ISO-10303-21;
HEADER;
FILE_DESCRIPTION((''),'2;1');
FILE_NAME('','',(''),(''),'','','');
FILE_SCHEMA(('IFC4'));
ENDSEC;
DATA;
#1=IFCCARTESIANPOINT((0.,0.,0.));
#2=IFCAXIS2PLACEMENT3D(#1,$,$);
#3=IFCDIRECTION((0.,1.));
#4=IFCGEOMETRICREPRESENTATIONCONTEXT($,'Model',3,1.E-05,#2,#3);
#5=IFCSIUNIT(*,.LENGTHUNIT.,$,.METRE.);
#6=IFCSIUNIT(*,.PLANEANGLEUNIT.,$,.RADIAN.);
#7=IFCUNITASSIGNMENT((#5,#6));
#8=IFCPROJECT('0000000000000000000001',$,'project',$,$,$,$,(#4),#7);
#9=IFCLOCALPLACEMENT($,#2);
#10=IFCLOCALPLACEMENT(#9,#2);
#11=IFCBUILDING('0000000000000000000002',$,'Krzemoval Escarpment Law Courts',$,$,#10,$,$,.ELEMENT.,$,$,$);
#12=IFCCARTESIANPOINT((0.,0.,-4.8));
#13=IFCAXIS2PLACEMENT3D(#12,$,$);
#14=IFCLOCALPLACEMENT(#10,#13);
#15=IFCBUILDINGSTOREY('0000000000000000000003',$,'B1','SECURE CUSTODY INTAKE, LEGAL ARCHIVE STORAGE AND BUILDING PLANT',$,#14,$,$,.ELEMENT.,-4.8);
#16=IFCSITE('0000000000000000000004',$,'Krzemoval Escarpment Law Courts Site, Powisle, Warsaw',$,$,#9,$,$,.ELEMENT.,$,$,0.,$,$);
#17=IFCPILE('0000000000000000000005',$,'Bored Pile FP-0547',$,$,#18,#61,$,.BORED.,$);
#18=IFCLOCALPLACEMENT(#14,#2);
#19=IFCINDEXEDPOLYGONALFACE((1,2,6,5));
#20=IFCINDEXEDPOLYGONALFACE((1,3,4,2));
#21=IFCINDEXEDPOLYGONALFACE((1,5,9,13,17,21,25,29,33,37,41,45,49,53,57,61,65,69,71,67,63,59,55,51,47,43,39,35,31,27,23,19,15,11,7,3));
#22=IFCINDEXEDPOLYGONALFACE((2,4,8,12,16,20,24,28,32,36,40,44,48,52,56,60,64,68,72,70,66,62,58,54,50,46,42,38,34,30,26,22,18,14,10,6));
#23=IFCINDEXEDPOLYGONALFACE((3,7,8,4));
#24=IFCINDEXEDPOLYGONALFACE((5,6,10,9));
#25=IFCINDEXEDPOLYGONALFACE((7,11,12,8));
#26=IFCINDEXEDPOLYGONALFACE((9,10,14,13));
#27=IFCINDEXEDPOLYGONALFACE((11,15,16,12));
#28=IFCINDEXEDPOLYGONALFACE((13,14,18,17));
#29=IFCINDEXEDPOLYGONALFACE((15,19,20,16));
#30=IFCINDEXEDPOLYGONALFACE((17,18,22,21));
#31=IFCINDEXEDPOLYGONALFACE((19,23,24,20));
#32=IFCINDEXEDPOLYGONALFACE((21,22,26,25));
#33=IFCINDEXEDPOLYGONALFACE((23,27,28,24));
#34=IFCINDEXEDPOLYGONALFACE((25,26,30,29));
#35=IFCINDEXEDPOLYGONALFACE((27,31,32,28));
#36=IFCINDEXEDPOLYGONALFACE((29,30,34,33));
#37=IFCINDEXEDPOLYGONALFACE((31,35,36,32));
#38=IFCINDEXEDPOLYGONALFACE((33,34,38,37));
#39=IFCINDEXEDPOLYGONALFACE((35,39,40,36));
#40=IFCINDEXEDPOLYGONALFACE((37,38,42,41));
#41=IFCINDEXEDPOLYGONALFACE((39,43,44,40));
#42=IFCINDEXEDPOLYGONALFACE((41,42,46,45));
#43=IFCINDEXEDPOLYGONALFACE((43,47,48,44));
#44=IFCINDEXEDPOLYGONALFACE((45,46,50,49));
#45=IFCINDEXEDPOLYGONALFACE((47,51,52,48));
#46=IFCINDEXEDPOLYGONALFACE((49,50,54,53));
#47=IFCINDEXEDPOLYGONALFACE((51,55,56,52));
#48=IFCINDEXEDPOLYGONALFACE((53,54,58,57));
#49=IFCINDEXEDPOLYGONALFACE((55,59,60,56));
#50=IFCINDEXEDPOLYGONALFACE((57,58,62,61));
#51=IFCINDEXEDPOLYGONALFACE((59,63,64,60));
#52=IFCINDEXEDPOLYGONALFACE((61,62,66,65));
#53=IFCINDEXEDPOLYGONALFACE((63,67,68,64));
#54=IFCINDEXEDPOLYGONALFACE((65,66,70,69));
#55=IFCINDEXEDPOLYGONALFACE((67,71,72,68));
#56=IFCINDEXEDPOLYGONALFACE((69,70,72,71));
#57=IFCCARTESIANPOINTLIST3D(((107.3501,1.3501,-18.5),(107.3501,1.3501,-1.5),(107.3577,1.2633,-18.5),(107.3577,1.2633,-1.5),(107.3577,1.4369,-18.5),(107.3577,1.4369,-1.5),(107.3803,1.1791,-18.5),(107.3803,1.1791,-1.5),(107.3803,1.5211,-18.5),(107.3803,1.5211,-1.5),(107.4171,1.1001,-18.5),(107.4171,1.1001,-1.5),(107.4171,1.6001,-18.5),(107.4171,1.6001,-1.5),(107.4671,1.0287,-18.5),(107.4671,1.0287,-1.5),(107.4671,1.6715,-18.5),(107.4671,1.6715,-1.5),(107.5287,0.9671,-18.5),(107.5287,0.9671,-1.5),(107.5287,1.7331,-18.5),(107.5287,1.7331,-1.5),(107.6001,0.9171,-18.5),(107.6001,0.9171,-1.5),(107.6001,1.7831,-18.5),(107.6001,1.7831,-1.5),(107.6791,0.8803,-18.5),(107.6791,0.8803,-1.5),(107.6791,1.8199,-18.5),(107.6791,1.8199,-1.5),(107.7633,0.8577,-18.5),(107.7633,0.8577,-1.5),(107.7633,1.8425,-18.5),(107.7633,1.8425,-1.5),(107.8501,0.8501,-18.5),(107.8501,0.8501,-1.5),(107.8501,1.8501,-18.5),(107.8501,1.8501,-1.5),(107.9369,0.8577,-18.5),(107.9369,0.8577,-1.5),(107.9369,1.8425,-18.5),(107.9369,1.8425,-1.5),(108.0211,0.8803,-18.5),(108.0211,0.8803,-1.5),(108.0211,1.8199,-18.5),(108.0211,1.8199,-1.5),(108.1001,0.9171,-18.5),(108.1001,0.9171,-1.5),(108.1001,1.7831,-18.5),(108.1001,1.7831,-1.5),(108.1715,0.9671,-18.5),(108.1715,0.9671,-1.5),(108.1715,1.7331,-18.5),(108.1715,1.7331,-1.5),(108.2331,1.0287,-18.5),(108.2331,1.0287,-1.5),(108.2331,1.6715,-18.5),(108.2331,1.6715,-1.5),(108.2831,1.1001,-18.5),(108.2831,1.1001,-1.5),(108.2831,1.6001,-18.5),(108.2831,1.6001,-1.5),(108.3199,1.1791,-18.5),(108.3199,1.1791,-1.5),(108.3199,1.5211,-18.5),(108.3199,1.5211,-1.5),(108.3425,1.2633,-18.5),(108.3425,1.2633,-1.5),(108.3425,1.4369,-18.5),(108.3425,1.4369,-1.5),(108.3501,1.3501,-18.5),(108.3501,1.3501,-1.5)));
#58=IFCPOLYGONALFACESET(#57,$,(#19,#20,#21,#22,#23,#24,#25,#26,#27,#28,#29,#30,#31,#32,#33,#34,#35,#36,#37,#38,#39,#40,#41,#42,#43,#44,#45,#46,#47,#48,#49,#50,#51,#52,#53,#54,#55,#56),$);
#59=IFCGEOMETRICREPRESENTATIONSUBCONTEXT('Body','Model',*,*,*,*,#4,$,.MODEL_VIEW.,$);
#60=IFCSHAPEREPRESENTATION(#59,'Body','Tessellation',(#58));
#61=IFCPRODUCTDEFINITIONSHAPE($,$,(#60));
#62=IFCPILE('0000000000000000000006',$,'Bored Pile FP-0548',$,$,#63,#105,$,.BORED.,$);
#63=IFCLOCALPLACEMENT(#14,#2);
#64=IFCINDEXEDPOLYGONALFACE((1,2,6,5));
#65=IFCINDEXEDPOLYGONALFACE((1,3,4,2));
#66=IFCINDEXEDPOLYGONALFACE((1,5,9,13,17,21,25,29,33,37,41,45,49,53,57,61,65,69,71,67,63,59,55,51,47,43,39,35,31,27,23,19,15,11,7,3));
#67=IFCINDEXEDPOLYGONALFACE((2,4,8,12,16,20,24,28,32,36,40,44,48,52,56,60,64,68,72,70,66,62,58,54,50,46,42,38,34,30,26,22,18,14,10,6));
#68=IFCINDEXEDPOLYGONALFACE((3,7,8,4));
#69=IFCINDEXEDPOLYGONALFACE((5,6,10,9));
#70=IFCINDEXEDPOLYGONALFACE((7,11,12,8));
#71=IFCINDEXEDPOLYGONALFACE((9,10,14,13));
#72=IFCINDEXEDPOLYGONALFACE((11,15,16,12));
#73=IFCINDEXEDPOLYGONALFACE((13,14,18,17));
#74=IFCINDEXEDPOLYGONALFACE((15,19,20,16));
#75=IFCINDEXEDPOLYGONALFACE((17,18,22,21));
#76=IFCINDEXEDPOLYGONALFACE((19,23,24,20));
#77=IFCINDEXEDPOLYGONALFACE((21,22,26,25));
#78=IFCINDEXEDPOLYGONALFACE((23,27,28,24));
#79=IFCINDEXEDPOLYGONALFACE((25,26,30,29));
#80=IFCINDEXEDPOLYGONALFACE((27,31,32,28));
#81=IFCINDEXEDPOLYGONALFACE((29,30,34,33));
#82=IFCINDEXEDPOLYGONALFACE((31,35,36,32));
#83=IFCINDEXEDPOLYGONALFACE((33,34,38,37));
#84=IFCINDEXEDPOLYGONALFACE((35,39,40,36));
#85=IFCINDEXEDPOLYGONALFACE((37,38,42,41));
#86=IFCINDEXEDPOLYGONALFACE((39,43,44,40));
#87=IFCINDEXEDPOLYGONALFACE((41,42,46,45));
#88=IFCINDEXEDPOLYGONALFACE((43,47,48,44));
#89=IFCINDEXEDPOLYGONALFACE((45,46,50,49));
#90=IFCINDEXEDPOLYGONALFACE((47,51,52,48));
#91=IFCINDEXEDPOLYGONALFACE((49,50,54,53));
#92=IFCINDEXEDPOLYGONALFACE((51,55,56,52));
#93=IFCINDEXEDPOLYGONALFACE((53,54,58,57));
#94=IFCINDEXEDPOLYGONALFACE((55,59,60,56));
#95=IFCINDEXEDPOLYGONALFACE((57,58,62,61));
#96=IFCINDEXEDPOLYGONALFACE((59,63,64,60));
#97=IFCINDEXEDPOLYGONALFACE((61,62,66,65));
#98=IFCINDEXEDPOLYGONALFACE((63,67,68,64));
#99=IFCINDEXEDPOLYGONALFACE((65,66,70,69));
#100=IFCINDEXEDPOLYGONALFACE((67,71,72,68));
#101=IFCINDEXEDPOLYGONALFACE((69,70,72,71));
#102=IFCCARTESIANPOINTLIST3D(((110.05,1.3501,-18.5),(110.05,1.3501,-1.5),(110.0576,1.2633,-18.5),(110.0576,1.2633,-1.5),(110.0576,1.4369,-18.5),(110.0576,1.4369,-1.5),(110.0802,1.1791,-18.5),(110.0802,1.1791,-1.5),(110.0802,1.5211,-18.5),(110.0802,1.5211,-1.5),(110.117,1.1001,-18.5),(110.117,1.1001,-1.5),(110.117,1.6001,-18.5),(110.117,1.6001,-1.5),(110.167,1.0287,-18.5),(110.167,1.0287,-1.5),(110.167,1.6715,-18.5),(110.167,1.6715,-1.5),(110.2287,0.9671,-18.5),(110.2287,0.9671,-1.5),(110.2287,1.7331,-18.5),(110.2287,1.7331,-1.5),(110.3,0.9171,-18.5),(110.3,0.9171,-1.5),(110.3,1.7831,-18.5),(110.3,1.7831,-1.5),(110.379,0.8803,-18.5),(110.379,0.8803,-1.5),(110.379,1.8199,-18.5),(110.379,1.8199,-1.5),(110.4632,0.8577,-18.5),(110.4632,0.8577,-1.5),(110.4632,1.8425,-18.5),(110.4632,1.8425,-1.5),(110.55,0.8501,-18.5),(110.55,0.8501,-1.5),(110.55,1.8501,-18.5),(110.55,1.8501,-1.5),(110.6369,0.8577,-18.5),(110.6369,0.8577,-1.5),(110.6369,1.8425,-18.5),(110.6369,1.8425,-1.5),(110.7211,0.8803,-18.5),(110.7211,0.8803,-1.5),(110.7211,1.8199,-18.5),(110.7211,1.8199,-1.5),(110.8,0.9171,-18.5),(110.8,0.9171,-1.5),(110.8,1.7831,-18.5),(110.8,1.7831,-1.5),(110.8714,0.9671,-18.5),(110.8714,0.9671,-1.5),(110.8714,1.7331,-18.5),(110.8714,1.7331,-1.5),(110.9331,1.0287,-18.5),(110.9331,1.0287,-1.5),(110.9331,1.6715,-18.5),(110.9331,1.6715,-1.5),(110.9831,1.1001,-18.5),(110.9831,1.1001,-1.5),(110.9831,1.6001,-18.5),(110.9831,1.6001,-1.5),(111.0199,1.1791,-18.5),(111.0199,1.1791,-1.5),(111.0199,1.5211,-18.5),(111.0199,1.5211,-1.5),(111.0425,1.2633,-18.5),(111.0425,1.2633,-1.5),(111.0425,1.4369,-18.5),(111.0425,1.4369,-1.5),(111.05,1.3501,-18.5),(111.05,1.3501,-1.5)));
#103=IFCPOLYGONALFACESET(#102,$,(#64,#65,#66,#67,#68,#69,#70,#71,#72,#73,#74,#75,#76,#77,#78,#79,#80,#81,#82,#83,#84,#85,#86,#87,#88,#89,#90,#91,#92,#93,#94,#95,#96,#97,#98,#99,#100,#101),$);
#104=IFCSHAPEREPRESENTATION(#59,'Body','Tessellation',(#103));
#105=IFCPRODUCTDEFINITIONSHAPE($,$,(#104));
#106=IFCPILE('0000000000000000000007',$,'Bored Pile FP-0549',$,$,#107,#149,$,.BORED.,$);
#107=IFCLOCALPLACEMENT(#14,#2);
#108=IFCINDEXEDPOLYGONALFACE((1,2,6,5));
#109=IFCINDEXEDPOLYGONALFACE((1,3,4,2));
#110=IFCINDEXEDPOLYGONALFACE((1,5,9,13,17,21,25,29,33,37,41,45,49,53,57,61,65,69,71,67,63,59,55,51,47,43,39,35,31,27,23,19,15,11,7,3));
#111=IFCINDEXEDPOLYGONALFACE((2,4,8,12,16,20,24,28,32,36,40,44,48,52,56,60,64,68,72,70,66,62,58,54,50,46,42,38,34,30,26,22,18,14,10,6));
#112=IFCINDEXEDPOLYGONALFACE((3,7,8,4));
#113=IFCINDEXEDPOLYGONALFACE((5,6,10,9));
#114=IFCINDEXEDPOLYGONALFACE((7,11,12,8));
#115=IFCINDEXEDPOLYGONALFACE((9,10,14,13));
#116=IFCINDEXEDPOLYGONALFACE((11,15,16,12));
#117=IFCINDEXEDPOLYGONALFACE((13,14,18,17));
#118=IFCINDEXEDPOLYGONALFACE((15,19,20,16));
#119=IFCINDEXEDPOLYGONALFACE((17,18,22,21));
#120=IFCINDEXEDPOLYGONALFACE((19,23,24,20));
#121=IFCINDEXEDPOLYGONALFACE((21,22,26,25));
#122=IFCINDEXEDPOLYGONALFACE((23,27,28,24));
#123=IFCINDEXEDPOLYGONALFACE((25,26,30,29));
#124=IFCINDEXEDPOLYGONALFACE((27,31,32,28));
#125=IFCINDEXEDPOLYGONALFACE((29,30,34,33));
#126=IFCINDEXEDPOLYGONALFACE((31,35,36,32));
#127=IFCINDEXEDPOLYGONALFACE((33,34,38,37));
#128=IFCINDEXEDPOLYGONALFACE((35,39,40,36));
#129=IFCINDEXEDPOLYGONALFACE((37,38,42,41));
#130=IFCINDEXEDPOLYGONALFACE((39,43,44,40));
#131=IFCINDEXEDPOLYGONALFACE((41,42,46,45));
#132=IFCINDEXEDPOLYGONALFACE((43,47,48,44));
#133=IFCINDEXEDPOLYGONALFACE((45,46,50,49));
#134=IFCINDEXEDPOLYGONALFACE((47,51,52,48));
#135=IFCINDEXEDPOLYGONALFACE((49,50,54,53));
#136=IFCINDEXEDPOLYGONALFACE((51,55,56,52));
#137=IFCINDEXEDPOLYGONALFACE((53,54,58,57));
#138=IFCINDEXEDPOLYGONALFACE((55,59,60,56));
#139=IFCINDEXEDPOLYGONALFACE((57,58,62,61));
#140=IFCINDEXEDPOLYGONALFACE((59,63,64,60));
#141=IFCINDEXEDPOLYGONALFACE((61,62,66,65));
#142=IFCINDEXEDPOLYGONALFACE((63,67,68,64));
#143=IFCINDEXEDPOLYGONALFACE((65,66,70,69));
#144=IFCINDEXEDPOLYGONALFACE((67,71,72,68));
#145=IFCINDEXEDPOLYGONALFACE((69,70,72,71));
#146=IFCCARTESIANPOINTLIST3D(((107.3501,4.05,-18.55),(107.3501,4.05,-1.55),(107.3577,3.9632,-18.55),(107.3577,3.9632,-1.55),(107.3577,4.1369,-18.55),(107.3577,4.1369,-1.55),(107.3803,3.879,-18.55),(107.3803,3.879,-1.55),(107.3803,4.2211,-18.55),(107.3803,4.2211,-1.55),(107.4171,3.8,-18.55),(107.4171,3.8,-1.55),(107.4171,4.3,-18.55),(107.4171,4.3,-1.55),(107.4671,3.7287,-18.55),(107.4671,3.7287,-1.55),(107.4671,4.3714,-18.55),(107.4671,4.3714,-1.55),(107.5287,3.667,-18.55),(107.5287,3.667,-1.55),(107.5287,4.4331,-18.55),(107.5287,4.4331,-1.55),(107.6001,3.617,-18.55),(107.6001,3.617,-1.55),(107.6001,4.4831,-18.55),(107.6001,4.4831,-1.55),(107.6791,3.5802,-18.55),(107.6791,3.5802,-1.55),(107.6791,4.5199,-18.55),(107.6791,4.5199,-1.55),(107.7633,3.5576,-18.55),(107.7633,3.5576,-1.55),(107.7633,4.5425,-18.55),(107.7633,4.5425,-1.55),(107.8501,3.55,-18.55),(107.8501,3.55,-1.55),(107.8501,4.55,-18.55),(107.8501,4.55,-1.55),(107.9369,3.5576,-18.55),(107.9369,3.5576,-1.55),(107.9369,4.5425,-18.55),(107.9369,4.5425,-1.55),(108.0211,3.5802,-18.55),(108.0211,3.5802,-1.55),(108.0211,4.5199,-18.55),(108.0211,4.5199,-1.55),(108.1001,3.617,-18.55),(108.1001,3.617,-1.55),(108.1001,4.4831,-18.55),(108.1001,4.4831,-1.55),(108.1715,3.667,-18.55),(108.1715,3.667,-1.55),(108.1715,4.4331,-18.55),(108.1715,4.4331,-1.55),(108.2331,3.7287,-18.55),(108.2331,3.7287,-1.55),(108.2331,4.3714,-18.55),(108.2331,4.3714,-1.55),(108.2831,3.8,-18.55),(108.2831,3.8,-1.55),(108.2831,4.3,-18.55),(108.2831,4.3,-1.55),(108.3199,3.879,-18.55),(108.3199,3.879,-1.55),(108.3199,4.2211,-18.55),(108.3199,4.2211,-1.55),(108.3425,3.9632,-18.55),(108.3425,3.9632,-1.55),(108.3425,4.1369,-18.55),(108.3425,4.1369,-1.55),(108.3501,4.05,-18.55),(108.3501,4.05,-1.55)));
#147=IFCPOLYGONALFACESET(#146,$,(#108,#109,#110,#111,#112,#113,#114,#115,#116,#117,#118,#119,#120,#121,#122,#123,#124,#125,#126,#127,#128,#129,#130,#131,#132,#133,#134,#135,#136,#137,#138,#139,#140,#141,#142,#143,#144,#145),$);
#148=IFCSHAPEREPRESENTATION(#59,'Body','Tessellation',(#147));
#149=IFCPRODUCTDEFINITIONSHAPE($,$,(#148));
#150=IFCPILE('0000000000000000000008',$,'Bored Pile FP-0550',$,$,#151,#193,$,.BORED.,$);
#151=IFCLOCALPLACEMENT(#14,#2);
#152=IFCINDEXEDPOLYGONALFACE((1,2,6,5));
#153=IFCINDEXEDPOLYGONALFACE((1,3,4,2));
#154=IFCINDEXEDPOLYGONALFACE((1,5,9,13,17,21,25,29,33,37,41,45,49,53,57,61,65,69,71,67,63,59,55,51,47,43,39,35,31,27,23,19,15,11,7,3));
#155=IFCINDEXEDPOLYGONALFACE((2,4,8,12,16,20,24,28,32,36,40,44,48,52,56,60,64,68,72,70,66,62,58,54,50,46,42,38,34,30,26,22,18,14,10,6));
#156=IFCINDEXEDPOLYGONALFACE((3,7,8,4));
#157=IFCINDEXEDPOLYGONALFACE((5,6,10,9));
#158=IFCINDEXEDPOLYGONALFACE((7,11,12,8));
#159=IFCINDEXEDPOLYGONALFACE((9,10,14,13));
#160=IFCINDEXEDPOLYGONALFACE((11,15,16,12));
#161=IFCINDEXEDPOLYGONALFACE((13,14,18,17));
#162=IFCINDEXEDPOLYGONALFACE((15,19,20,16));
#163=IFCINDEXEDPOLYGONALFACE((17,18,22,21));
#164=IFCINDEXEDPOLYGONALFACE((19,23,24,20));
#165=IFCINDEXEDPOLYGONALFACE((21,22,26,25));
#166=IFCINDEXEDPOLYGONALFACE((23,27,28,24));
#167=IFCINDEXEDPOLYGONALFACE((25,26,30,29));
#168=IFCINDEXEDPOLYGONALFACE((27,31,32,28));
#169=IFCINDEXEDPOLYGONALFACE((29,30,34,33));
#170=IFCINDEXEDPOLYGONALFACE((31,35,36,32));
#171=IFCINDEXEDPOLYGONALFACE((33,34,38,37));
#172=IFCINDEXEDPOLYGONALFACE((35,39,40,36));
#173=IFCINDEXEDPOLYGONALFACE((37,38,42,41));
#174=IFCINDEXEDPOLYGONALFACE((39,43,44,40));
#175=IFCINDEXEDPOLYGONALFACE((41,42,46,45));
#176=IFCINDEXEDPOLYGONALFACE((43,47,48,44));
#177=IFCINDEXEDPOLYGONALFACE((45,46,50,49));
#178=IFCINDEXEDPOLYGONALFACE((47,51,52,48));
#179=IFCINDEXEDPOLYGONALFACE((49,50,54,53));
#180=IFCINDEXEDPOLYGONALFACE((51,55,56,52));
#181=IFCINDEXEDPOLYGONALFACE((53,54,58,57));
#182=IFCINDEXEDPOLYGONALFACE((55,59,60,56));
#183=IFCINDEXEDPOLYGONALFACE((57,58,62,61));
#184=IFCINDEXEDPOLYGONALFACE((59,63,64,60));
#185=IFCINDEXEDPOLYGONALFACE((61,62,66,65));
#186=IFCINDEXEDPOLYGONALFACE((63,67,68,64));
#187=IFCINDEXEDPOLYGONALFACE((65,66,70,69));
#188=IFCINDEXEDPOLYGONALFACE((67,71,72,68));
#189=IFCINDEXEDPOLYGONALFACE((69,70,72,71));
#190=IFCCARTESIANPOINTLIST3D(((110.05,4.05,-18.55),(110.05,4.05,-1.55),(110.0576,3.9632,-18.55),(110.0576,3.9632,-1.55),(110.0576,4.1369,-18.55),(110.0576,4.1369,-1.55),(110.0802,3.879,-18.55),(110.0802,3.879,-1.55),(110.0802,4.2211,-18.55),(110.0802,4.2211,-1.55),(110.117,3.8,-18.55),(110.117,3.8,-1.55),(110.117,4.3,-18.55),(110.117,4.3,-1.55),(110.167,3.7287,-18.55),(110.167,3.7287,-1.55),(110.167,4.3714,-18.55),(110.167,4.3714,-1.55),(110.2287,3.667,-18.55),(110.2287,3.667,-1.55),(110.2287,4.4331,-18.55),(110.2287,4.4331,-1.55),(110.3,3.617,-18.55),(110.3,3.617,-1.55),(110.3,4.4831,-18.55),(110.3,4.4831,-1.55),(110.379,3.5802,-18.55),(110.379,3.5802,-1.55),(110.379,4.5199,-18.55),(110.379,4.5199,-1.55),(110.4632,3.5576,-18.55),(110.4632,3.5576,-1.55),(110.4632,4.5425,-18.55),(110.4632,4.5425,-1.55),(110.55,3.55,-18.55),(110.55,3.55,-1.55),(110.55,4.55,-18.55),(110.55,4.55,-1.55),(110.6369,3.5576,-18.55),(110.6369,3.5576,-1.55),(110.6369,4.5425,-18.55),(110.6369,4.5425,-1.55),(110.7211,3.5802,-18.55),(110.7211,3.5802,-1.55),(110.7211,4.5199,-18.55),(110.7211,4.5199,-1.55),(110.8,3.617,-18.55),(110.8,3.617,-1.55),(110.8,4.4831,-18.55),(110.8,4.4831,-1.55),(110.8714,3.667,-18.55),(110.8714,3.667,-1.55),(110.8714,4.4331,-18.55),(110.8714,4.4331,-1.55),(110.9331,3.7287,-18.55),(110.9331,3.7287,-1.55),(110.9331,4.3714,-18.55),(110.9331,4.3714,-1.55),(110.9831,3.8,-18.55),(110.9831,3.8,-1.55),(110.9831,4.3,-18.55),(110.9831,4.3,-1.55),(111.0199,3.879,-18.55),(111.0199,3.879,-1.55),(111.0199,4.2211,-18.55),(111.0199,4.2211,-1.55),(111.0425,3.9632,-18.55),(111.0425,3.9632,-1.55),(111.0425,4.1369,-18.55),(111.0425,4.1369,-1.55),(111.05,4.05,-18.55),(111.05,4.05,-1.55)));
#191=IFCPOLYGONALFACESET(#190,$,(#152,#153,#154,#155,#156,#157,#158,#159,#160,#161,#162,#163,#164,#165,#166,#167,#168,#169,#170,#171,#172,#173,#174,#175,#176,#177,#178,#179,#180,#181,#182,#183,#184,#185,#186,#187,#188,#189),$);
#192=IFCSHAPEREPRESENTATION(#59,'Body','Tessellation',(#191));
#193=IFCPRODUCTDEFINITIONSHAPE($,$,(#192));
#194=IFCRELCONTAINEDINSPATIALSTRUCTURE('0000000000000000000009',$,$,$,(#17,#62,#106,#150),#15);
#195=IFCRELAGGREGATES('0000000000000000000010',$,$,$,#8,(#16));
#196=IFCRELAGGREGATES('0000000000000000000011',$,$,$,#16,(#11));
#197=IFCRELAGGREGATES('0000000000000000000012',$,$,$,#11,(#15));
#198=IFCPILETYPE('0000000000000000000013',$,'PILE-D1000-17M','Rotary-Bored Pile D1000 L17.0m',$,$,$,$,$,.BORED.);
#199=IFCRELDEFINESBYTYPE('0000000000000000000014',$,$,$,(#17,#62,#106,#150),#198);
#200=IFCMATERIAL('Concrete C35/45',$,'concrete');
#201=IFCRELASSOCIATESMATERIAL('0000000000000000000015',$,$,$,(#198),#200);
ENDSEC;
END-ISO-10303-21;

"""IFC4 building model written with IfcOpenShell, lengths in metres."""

from ifc_helpers import new_model, si_unit, direction, frame, origin, origin_2d, place, context, subcontext, project, spatial, circle, extrude, material, material_profile, profile_set, type_object, element, save


model = new_model("IFC4")

# Units and contexts
model_context = context("Model", 3, precision=1e-05, world=origin(), true_north=direction((0.0, 1.0)))
body_context = subcontext(model_context, "Body", "Model", "MODEL_VIEW")
ifc_project = project(units=[si_unit("LENGTHUNIT", "METRE"), si_unit("PLANEANGLEUNIT", "RADIAN")], contexts=[model_context])

# Site, building, storey
site_placement = place(None, origin())
site = spatial("IfcSite", under=ifc_project, at=site_placement, Name="Krzemoval Escarpment Law Courts Site, Powisle, Warsaw", CompositionType="ELEMENT", RefElevation=0.0)
building_placement = place(site_placement, origin())
building = spatial("IfcBuilding", under=site, at=building_placement, Name="Krzemoval Escarpment Law Courts", CompositionType="ELEMENT")
storey_placement = place(building_placement, frame((0.0, 0.0, -4.8)))
storey = spatial("IfcBuildingStorey", under=building, at=storey_placement, Name="B1", Description="SECURE CUSTODY INTAKE, LEGAL ARCHIVE STORAGE AND BUILDING PLANT", CompositionType="ELEMENT", Elevation=-4.8)

# Piles
ifc_material_1 = material(Name="Concrete C35/45", Category="concrete")
ifc_material_profile_1 = material_profile(ifc_material_1, circle(Radius=0.5, at=origin_2d()), Name="PILE D1000")
ifc_profile_set_1 = profile_set([ifc_material_profile_1], Name="Concrete C35/45")
pile_type_1 = type_object("IfcPileType", Name="PILE-D1000-17M", Description="Rotary-Bored Pile D1000 L17.0m", PredefinedType="BORED", material=ifc_profile_set_1)
for number, where, z_axis, x_axis, name in (
    (1, (107.8501, 1.3501, -1.5), (0.0, 0.0, -1.0), (1.0, 0.0, 0.0), "Bored Pile FP-0547"),
    (2, (110.55, 1.3501, -1.5), (0.0, 0.0, -1.0), (1.0, 0.0, 0.0), "Bored Pile FP-0548"),
    (3, (107.8501, 4.05, -1.55), (0.0, 0.0, -1.0), (1.0, 0.0, 0.0), "Bored Pile FP-0549"),
    (4, (110.55, 4.05, -1.55), (0.0, 0.0, -1.0), (1.0, 0.0, 0.0), "Bored Pile FP-0550"),
):
    element("IfcPile", number, at=place(storey_placement, frame(where, z_axis=z_axis, x_axis=x_axis)), inside=storey, type_object=pile_type_1, Name=name, PredefinedType="BORED", context=body_context, shape_type="SweptSolid", body=[
        extrude(circle(Radius=0.5, at=origin_2d()), origin(), (0.0, 0.0, 1.0), 17.0),
    ])

save(model, "model.ifc")
